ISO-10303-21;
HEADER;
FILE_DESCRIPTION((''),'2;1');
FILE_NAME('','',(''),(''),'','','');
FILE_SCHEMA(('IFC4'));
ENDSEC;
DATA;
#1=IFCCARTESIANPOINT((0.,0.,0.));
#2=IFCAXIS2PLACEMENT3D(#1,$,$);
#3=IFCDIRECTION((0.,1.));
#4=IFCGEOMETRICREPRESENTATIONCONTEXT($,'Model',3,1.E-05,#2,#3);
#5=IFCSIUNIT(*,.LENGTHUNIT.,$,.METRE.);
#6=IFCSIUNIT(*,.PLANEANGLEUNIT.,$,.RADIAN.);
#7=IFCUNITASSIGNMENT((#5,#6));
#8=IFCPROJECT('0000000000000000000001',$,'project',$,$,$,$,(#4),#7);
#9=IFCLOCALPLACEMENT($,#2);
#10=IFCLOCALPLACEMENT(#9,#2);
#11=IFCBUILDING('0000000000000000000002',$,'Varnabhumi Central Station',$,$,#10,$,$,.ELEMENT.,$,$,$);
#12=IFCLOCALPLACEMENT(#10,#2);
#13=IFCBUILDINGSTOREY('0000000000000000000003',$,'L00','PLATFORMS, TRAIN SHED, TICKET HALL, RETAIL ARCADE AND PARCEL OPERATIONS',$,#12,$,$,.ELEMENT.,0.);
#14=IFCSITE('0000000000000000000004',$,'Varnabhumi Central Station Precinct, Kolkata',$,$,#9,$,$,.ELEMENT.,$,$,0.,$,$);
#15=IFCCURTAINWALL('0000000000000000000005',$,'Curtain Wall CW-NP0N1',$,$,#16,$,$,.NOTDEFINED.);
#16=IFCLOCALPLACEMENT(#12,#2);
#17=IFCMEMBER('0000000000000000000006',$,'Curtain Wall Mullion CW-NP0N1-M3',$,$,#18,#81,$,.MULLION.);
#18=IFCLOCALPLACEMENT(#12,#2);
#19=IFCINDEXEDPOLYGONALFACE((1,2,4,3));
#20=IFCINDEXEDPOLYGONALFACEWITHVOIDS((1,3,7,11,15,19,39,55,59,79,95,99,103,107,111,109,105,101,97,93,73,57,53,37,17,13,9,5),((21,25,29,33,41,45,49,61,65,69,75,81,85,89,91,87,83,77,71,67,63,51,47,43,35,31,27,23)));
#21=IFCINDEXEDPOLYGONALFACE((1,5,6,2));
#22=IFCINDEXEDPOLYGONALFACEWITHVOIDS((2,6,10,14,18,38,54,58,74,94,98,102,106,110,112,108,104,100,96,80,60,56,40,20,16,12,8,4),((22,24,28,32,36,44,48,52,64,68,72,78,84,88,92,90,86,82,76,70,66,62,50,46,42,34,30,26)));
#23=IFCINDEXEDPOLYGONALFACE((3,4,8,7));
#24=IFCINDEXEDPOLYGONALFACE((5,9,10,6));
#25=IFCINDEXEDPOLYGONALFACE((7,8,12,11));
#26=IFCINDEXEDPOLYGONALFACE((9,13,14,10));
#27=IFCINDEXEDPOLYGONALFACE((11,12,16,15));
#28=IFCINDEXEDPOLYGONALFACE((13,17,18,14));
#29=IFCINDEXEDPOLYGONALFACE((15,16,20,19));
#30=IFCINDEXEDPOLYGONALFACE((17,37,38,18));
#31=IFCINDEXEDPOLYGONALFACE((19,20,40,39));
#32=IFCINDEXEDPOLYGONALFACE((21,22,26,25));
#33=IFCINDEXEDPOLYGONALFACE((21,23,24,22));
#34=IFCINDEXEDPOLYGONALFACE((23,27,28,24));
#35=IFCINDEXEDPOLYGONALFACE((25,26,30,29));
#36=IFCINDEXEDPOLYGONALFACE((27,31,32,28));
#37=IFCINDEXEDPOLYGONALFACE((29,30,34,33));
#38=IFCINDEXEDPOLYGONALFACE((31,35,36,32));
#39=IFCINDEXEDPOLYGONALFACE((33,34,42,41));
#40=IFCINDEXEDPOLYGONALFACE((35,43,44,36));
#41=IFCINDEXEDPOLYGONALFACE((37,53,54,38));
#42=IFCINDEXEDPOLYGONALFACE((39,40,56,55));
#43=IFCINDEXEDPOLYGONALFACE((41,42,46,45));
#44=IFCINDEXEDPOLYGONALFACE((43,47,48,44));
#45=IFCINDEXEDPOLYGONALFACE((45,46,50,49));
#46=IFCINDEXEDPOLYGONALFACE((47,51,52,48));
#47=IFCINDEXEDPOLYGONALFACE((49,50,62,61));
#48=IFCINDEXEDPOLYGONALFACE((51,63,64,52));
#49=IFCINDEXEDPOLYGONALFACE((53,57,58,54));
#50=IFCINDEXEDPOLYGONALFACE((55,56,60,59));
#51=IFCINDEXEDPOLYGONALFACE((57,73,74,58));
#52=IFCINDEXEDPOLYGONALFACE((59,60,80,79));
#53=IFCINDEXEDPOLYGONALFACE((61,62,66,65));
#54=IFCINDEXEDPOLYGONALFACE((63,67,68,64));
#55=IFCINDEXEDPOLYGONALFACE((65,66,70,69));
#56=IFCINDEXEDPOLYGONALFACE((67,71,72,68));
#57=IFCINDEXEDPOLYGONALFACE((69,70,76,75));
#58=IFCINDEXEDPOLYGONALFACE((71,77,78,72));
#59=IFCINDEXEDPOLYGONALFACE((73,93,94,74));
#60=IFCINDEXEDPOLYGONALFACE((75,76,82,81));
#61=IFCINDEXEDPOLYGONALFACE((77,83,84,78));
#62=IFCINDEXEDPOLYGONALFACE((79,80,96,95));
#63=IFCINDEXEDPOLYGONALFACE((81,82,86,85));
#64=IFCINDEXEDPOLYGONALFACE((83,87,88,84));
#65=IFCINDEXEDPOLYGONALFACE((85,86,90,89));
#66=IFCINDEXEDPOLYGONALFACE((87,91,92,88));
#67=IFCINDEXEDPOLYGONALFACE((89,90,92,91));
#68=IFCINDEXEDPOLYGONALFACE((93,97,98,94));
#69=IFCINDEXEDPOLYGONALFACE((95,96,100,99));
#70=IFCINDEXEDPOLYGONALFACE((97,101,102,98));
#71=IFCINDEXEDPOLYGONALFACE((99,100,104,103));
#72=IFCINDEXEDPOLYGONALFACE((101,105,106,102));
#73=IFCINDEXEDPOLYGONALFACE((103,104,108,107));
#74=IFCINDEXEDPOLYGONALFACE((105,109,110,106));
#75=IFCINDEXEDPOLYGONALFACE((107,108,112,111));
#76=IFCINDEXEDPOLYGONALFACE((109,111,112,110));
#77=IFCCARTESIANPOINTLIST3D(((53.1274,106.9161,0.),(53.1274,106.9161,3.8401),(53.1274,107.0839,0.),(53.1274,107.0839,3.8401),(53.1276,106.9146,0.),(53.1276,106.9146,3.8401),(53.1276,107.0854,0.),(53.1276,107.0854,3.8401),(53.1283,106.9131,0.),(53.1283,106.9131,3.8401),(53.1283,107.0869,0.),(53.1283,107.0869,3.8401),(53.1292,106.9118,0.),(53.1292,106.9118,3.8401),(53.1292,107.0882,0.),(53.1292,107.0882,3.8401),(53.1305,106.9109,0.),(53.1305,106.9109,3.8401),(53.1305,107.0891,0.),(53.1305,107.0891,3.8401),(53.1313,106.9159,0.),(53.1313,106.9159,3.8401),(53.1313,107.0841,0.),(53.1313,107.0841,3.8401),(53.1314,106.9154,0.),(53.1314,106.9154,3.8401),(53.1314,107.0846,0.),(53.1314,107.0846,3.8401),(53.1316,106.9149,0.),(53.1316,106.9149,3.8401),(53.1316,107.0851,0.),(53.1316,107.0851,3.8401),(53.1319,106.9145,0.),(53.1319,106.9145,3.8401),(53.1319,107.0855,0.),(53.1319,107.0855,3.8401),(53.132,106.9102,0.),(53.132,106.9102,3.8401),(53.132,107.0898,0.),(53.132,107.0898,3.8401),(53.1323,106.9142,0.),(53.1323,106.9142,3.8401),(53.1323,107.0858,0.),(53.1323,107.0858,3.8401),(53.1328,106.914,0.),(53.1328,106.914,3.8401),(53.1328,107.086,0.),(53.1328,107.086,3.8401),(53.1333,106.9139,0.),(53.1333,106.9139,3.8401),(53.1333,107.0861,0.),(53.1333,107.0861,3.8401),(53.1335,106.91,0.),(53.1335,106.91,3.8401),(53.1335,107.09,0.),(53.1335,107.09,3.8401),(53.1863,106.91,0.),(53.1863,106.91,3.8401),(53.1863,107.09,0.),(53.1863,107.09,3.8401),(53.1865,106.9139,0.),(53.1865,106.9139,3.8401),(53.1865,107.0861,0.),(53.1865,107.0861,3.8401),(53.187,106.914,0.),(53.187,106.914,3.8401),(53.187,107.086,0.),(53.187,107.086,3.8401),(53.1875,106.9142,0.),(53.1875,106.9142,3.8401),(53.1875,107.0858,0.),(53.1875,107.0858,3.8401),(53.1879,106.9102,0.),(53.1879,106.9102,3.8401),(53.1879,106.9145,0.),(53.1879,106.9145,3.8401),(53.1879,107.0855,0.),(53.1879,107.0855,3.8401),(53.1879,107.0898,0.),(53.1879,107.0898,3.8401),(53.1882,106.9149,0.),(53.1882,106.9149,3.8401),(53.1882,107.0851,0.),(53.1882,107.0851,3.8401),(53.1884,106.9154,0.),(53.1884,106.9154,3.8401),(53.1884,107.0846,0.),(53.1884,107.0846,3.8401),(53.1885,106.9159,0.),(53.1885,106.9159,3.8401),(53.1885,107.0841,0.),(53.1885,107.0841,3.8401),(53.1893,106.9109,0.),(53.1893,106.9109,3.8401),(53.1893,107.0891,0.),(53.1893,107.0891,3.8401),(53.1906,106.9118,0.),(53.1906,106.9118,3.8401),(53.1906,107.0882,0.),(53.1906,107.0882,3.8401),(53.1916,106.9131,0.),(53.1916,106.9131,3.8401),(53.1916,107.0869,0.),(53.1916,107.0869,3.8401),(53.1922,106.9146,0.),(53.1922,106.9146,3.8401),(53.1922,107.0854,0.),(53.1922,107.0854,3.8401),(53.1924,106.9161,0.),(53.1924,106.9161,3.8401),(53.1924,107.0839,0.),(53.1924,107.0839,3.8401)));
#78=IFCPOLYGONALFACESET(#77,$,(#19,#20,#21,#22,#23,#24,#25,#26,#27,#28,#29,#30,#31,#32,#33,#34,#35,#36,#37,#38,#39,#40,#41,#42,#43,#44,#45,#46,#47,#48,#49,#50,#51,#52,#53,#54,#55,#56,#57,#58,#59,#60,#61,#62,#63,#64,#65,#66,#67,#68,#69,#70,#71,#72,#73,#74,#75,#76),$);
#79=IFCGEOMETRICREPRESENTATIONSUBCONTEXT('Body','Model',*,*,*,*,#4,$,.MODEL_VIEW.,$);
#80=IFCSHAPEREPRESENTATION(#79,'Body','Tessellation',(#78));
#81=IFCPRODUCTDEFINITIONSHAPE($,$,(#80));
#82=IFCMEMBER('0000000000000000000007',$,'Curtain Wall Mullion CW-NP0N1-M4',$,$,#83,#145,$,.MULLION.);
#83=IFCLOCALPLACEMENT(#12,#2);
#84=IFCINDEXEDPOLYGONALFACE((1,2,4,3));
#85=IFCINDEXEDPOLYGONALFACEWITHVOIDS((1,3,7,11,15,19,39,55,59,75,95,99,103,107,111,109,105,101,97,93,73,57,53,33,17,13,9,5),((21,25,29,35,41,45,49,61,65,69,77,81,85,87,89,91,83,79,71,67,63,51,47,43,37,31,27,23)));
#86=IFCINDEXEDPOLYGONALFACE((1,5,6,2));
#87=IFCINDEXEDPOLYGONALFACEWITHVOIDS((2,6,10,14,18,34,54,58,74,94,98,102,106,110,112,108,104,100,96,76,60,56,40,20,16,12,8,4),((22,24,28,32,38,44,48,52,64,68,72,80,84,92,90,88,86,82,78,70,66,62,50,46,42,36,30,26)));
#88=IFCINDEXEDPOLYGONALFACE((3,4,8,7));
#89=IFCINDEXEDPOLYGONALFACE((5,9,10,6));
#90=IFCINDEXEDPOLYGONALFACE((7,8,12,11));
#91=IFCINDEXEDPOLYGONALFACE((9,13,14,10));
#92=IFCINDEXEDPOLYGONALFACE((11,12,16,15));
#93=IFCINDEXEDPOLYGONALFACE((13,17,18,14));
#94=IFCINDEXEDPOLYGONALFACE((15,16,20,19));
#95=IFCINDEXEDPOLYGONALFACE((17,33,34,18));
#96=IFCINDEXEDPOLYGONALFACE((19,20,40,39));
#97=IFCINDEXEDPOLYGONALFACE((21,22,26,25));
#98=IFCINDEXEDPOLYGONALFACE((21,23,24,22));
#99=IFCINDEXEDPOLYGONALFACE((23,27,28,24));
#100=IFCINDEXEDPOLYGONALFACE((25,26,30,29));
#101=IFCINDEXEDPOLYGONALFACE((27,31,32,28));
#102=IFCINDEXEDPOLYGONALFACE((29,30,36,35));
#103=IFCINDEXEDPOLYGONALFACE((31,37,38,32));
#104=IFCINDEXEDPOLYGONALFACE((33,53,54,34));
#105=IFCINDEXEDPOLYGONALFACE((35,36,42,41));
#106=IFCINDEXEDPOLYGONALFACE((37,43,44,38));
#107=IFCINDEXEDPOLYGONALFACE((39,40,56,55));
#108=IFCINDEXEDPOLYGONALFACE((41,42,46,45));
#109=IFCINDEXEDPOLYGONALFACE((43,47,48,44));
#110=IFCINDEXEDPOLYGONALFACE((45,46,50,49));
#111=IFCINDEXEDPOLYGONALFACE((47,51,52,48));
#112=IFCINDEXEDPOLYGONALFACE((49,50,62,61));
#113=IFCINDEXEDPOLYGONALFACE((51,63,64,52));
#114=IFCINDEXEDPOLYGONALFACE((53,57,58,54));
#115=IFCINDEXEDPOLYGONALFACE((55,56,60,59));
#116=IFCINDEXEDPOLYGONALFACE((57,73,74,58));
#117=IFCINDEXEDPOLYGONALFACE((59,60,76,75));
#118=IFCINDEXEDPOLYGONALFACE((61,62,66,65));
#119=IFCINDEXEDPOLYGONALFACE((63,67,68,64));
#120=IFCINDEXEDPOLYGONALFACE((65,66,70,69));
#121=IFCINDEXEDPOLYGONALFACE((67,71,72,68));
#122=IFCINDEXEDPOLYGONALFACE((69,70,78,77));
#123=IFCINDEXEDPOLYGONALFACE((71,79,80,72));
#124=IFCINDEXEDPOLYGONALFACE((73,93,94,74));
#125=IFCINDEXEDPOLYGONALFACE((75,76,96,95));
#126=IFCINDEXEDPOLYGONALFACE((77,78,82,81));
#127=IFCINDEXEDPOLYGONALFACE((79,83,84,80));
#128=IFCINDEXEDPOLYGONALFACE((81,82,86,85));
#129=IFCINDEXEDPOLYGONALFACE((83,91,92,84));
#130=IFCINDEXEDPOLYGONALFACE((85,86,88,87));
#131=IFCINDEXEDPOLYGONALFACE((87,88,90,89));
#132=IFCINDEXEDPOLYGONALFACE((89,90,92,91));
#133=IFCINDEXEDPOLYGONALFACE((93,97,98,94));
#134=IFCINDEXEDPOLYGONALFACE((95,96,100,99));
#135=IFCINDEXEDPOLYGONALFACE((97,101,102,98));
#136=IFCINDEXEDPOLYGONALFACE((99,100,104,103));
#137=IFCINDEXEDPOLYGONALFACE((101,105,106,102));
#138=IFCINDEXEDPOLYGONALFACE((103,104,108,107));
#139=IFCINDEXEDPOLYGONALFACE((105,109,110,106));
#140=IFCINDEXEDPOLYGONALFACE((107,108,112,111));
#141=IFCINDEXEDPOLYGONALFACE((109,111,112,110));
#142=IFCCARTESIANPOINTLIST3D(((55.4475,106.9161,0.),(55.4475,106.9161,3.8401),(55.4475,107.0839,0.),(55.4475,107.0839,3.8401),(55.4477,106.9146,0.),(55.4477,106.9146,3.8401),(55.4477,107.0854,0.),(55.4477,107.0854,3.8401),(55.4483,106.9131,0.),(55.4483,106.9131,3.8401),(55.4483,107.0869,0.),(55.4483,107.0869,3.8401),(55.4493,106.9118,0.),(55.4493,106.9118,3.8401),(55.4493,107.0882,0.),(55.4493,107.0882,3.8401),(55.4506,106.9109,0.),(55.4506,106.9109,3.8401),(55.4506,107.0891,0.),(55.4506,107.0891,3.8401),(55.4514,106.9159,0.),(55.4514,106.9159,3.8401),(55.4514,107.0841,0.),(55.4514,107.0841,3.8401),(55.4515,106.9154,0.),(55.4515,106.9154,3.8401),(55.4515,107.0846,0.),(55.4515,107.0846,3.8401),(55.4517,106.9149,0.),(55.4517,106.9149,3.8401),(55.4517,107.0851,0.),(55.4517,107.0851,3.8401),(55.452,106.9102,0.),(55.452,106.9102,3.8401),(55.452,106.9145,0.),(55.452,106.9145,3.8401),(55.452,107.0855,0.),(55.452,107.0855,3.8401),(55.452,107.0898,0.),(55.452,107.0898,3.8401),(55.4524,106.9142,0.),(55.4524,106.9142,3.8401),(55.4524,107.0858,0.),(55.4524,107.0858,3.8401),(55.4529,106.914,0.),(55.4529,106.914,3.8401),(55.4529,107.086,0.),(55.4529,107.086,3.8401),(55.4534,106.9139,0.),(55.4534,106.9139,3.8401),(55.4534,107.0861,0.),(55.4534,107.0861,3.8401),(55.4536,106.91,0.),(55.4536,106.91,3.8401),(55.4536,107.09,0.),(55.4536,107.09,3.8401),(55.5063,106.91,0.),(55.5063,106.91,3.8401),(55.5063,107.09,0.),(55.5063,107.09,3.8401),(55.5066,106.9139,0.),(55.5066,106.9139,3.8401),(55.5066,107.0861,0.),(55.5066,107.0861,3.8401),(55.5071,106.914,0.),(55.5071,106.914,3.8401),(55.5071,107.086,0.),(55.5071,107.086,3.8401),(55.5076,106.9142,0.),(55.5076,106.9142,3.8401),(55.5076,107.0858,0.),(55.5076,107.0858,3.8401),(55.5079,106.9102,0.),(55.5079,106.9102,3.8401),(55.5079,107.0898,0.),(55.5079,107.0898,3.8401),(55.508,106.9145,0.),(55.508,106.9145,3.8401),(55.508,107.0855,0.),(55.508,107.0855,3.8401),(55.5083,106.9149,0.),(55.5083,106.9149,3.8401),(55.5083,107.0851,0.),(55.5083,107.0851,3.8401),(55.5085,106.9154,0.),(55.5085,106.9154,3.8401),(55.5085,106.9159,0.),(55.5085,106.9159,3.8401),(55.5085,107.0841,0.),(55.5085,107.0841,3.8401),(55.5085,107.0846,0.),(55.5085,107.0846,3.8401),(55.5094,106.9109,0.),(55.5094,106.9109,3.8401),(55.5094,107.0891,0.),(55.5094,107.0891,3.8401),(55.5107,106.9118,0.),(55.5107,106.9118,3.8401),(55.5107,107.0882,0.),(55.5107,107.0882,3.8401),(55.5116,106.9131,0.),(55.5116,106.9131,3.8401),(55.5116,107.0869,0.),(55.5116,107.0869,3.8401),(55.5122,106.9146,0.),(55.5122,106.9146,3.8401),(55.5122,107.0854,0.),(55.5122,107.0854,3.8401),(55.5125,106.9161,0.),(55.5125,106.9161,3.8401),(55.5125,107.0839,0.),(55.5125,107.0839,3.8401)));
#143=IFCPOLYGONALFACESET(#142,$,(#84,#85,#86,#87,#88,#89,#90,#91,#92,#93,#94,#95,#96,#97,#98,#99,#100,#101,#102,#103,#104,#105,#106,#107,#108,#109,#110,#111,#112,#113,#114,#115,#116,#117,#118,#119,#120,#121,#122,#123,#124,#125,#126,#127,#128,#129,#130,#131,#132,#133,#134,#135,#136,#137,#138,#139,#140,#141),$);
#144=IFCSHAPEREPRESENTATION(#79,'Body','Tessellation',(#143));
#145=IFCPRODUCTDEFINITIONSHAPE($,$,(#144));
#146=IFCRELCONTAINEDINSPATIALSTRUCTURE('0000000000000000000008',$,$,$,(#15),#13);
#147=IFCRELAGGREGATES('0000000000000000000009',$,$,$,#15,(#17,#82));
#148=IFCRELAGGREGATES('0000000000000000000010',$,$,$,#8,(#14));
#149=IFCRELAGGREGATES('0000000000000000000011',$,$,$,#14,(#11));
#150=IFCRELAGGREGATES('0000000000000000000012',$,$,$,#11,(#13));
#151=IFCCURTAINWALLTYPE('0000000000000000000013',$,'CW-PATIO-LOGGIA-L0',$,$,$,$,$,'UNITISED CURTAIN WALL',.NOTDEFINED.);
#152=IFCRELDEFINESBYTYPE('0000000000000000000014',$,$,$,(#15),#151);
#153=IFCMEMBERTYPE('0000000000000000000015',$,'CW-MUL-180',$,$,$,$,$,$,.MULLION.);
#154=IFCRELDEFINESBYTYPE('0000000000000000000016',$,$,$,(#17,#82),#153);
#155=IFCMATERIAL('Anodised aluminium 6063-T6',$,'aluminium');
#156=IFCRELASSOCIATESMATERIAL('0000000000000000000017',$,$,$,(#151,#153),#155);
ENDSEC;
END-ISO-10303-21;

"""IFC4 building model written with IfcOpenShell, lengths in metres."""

from ifc_helpers import new_model, si_unit, direction, frame, origin, origin_2d, place, context, subcontext, project, spatial, hollow_rectangle, extrude, material, material_profile, profile_set, type_object, element, aggregate, save


model = new_model("IFC4")

# Units and contexts
model_context = context("Model", 3, precision=1e-05, world=origin(), true_north=direction((0.0, 1.0)))
body_context = subcontext(model_context, "Body", "Model", "MODEL_VIEW")
ifc_project = project(units=[si_unit("LENGTHUNIT", "METRE"), si_unit("PLANEANGLEUNIT", "RADIAN")], contexts=[model_context])

# Site, building, storey
site_placement = place(None, origin())
site = spatial("IfcSite", under=ifc_project, at=site_placement, Name="Varnabhumi Central Station Precinct, Kolkata", CompositionType="ELEMENT", RefElevation=0.0)
building_placement = place(site_placement, origin())
building = spatial("IfcBuilding", under=site, at=building_placement, Name="Varnabhumi Central Station", CompositionType="ELEMENT")
storey_placement = place(building_placement, origin())
storey = spatial("IfcBuildingStorey", under=building, at=storey_placement, Name="L00", Description="PLATFORMS, TRAIN SHED, TICKET HALL, RETAIL ARCADE AND PARCEL OPERATIONS", CompositionType="ELEMENT", Elevation=0.0)

# Curtain wall, members
ifc_material_1 = material(Name="Anodised aluminium 6063-T6", Category="aluminium")
curtain_wall_type = type_object("IfcCurtainWallType", Name="CW-PATIO-LOGGIA-L0", ElementType="UNITISED CURTAIN WALL", PredefinedType="NOTDEFINED", material=ifc_material_1)
curtain_wall_1_placement = place(storey_placement, origin())
curtain_wall_1 = element("IfcCurtainWall", 1, at=curtain_wall_1_placement, inside=storey, type_object=curtain_wall_type, Name="Curtain Wall CW-NP0N1", PredefinedType="NOTDEFINED")
ifc_material_profile_1 = material_profile(ifc_material_1, hollow_rectangle(XDim=0.0649, YDim=0.1799, WallThickness=0.0039, InnerFilletRadius=0.002, OuterFilletRadius=0.0061, at=origin_2d()), Name="Anodised aluminium 6063-T6", Category="aluminium")
ifc_profile_set_1 = profile_set([ifc_material_profile_1], Name="Anodised aluminium 6063-T6")
member_type_1 = type_object("IfcMemberType", Name="CW-MUL-180", PredefinedType="MULLION", material=ifc_profile_set_1)
member_1_placement = place(storey_placement, frame((53.1599, 107.0, 0.0), z_axis=(0.0, 0.0, 1.0), x_axis=(1.0, 0.0, 0.0)))
member_1 = element("IfcMember", 2, at=member_1_placement, type_object=member_type_1, Name="Curtain Wall Mullion CW-NP0N1-M3", PredefinedType="MULLION", context=body_context, shape_type="SweptSolid", body=[
    extrude(hollow_rectangle(XDim=0.0649, YDim=0.1799, WallThickness=0.0039, InnerFilletRadius=0.002, OuterFilletRadius=0.0061, at=origin_2d()), origin(), (0.0, 0.0, 1.0), 3.8401),
])
member_2_placement = place(storey_placement, frame((55.48, 107.0, 0.0), z_axis=(0.0, 0.0, 1.0), x_axis=(1.0, 0.0, 0.0)))
member_2 = element("IfcMember", 3, at=member_2_placement, type_object=member_type_1, Name="Curtain Wall Mullion CW-NP0N1-M4", PredefinedType="MULLION", context=body_context, shape_type="SweptSolid", body=[
    extrude(hollow_rectangle(XDim=0.0649, YDim=0.1799, WallThickness=0.0039, InnerFilletRadius=0.002, OuterFilletRadius=0.0061, at=origin_2d()), origin(), (0.0, 0.0, 1.0), 3.8401),
])

aggregate(curtain_wall_1, [member_1, member_2])

save(model, "model.ifc")
